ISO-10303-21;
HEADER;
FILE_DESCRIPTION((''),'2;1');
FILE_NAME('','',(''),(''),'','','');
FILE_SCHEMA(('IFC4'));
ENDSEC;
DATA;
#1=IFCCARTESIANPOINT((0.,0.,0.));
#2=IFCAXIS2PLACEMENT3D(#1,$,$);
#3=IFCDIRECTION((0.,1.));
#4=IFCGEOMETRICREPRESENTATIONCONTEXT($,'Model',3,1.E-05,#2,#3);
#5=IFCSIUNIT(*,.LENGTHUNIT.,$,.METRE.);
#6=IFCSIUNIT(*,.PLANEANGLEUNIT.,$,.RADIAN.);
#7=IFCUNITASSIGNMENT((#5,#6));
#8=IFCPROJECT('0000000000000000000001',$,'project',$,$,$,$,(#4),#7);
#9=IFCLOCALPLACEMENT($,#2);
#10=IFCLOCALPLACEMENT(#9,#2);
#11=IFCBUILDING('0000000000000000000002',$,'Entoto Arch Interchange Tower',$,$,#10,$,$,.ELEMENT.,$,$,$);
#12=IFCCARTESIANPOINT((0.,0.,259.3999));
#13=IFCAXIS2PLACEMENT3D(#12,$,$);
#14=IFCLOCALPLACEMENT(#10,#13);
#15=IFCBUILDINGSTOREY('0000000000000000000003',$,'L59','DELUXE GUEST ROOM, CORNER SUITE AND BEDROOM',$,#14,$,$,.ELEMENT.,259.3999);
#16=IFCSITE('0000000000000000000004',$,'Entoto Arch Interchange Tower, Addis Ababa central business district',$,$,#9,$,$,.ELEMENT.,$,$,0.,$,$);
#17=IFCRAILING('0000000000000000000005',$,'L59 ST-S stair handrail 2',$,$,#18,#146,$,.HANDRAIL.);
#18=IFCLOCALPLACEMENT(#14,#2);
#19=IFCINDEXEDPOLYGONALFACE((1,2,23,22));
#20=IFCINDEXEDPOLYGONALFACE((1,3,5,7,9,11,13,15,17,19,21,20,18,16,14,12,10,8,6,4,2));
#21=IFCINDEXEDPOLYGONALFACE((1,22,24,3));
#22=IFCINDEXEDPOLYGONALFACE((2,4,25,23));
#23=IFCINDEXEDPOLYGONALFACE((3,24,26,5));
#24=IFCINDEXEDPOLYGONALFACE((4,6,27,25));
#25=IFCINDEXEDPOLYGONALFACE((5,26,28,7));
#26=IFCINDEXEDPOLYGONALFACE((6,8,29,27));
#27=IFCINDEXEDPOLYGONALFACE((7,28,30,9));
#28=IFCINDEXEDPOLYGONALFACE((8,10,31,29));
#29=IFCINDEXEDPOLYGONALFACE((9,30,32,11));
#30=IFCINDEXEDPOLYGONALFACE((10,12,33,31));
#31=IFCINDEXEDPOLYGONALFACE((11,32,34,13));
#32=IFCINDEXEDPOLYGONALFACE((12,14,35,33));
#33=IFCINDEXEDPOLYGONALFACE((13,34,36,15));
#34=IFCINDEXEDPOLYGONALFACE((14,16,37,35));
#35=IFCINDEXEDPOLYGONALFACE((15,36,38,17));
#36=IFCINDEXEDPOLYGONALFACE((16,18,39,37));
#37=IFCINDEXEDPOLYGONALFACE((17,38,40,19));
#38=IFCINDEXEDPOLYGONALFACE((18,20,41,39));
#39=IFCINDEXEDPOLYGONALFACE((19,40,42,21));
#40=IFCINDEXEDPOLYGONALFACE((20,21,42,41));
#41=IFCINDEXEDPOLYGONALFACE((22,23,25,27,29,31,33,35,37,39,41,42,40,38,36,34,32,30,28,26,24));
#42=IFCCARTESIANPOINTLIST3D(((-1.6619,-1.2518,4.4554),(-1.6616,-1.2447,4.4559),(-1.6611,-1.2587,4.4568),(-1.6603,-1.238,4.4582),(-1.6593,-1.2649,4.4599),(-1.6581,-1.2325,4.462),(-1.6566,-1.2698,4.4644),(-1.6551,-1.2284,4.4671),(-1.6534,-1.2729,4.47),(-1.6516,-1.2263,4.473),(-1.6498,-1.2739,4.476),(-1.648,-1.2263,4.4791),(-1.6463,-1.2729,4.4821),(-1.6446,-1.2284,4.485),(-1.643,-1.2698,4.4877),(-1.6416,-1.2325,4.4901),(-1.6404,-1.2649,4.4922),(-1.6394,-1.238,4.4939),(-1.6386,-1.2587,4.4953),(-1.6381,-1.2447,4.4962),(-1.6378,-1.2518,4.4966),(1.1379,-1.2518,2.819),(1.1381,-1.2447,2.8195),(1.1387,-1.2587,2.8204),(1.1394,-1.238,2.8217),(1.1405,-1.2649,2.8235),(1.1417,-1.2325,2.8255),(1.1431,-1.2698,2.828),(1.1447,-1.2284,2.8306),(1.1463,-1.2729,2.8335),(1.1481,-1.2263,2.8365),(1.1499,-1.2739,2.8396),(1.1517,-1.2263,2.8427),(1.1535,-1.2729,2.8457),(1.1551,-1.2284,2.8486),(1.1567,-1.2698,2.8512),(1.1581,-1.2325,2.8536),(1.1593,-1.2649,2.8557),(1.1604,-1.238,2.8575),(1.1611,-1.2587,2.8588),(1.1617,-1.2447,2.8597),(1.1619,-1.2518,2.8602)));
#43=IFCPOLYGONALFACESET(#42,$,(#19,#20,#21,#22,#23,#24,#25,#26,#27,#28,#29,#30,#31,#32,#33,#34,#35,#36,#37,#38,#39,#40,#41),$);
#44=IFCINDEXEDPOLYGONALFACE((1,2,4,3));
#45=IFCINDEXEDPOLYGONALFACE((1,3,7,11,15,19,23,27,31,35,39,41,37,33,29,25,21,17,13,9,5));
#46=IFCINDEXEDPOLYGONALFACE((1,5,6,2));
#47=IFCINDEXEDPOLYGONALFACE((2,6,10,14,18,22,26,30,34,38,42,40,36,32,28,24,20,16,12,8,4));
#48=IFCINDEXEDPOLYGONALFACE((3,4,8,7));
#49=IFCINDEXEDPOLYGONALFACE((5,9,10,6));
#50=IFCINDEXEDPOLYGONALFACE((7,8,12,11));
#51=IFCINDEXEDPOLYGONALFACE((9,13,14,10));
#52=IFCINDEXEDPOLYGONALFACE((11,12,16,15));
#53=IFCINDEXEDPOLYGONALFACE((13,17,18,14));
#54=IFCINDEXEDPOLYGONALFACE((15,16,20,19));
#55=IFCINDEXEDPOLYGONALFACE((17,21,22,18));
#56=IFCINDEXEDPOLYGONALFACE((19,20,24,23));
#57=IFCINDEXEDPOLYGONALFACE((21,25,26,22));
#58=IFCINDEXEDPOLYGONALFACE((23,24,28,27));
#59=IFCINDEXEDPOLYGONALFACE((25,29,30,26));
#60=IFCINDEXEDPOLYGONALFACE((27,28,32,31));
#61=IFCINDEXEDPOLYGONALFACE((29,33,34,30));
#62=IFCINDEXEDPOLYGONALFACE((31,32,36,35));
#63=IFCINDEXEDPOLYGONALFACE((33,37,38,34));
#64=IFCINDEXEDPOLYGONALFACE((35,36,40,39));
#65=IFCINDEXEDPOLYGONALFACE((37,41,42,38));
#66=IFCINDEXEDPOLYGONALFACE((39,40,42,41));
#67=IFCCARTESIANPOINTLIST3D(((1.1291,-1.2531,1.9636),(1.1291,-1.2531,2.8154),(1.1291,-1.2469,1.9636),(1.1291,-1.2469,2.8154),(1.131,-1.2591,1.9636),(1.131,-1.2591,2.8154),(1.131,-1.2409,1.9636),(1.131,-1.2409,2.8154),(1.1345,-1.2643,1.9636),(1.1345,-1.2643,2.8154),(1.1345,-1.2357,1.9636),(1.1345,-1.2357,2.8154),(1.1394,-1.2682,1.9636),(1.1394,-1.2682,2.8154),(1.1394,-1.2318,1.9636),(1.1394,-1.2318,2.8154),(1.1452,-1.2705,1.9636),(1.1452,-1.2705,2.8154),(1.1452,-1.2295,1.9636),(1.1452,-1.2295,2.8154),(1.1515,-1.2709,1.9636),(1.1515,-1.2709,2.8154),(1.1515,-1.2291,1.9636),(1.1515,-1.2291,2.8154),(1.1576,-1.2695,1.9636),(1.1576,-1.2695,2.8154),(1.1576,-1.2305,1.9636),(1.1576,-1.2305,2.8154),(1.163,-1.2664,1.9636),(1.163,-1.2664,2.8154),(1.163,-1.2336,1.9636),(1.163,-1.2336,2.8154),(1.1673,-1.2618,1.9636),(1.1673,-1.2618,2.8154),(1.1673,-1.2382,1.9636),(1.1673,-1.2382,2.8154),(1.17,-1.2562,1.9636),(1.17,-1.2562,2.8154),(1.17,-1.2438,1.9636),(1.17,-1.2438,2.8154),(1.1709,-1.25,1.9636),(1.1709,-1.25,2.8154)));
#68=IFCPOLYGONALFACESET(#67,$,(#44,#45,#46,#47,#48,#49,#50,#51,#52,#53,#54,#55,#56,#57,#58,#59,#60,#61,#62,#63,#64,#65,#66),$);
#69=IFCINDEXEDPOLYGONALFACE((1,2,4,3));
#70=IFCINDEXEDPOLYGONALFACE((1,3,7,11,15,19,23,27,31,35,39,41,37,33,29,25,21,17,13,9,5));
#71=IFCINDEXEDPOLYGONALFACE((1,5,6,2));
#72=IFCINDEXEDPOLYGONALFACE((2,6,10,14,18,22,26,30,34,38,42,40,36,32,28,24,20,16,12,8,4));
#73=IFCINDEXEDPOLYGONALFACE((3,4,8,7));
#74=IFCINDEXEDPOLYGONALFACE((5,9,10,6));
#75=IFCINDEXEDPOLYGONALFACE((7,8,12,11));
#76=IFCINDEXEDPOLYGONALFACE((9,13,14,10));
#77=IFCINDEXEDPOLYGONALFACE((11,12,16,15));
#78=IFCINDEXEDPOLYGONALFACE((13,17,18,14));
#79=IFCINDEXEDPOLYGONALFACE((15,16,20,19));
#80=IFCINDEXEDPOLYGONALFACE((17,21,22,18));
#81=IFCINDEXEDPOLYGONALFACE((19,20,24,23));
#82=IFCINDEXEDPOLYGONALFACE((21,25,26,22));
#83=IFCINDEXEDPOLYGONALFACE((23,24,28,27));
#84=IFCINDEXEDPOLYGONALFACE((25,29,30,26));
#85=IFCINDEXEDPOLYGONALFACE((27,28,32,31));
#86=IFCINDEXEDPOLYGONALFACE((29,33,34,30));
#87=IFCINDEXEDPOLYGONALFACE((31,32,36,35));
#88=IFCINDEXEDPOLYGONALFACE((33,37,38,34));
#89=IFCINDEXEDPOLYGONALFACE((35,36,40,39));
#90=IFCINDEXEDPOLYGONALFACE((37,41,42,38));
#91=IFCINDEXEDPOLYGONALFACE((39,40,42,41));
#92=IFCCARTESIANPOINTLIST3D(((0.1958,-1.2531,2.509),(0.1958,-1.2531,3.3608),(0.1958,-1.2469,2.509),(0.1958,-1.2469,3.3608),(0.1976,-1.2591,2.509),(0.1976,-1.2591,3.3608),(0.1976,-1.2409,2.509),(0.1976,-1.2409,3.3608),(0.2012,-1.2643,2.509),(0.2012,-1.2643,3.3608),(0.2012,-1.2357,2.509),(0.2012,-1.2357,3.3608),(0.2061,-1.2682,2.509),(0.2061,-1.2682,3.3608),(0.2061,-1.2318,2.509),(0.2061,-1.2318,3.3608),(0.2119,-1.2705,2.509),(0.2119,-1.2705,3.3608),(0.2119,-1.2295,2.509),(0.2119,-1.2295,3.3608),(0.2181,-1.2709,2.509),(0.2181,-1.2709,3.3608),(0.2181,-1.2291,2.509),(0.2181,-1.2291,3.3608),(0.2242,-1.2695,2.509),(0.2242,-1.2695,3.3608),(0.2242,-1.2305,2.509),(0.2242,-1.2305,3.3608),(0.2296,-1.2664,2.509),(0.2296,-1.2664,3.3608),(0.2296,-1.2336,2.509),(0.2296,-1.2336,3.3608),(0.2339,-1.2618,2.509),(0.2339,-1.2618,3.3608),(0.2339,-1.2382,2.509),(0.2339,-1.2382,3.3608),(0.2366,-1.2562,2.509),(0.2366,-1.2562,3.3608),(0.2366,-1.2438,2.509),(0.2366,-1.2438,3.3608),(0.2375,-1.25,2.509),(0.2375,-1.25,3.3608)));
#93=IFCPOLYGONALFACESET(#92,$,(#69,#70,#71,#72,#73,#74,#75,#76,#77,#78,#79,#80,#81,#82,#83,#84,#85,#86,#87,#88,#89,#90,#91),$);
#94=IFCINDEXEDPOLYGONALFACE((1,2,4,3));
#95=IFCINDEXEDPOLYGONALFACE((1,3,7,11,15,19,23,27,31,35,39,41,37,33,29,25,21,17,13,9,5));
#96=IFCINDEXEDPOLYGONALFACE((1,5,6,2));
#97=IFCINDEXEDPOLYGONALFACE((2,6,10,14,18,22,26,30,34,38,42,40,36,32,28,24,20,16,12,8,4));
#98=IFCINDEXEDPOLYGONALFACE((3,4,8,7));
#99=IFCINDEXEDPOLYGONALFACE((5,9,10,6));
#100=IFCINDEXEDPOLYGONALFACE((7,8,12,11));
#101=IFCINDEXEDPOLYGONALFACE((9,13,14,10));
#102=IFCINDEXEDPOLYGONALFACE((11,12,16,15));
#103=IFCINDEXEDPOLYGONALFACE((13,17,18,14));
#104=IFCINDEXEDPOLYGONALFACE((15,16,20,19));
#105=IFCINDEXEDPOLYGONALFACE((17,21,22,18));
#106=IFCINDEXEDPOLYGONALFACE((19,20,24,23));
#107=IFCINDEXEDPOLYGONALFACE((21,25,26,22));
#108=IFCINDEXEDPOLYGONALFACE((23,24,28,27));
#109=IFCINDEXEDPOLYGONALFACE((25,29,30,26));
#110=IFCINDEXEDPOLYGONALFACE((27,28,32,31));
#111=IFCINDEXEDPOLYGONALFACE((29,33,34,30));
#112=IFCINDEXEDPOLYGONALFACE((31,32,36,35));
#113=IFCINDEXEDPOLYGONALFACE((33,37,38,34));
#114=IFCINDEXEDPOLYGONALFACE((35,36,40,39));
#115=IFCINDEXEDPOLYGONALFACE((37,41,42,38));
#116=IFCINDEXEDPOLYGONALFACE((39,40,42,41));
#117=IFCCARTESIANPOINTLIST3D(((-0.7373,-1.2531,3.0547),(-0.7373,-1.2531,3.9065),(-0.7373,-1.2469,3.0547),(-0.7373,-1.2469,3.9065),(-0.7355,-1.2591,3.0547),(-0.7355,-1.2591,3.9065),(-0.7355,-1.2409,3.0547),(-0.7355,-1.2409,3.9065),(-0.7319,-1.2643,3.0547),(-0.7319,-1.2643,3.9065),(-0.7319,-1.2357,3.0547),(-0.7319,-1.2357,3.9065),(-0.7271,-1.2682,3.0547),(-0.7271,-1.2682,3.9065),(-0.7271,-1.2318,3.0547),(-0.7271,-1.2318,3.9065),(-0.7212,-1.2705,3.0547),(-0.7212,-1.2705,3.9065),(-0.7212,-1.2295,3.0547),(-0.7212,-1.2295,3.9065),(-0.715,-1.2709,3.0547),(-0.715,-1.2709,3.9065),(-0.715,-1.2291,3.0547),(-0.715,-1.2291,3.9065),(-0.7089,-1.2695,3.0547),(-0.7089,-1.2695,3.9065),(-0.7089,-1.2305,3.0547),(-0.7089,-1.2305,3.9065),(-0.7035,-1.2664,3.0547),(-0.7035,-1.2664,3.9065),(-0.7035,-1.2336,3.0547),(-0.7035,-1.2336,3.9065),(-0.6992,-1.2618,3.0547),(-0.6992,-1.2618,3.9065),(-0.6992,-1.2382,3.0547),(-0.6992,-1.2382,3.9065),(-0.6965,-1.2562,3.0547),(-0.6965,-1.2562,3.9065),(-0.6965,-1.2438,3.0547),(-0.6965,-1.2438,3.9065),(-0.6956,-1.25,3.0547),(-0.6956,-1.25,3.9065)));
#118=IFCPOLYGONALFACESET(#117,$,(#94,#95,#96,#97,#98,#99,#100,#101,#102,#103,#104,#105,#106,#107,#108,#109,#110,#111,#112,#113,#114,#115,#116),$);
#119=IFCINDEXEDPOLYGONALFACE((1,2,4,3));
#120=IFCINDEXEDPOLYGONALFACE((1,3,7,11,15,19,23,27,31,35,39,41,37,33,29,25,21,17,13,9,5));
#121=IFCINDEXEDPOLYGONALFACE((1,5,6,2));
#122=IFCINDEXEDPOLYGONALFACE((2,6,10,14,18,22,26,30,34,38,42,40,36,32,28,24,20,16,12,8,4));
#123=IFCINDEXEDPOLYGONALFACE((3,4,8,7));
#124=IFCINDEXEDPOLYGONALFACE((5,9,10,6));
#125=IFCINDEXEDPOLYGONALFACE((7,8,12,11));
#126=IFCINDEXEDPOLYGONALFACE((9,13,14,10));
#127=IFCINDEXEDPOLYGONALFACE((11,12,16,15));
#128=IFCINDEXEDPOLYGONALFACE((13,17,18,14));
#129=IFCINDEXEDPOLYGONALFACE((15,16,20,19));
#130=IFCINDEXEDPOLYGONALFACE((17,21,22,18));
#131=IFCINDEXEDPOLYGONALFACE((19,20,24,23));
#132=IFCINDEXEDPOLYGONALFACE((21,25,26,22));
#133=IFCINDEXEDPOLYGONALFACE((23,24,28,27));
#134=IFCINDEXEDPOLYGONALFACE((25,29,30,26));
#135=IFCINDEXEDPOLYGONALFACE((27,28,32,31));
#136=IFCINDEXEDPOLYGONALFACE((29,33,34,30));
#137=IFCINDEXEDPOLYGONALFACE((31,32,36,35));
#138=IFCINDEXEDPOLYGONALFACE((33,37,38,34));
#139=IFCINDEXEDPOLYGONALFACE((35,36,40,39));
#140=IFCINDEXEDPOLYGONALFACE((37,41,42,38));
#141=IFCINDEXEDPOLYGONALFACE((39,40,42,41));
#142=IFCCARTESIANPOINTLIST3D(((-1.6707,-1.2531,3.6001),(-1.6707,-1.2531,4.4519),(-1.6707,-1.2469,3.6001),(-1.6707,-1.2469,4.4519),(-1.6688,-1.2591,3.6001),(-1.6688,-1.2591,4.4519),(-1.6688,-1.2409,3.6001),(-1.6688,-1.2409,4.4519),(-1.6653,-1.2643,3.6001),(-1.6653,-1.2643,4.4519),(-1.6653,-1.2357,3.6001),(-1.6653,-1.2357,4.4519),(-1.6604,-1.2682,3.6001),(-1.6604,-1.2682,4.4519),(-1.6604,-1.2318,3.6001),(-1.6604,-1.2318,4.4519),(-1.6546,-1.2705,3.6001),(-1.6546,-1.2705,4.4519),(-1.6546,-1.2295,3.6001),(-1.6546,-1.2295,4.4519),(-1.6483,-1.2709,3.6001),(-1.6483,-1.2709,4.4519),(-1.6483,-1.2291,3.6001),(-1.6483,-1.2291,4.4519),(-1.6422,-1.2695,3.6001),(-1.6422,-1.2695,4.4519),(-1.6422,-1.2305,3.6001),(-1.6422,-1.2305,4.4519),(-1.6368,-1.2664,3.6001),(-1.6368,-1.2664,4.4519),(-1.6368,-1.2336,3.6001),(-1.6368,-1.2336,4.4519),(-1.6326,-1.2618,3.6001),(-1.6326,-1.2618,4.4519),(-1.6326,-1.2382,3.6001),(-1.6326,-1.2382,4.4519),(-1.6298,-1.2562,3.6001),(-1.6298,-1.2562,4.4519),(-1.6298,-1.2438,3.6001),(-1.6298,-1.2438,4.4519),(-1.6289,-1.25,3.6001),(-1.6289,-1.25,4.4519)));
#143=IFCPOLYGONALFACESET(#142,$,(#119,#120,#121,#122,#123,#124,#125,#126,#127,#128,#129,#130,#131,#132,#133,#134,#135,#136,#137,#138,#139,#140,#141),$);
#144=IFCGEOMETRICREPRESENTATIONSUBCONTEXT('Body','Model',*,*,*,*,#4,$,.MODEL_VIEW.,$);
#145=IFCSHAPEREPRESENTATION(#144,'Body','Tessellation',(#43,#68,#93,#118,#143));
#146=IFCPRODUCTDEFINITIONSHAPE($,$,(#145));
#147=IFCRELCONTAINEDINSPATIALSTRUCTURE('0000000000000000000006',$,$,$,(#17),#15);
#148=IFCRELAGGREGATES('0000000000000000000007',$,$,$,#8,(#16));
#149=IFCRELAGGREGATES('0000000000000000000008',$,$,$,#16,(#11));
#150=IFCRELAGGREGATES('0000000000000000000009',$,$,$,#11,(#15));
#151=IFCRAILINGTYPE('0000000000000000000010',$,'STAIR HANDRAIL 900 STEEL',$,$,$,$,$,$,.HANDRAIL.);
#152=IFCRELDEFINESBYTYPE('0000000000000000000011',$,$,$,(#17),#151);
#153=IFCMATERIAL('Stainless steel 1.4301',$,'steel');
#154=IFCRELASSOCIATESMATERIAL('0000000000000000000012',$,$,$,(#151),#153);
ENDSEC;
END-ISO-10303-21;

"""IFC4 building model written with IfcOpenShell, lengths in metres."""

from ifc_helpers import new_model, si_unit, direction, frame, origin, origin_2d, place, context, subcontext, project, spatial, circle, extrude, material, type_object, element, save


model = new_model("IFC4")

# Units and contexts
model_context = context("Model", 3, precision=1e-05, world=origin(), true_north=direction((0.0, 1.0)))
body_context = subcontext(model_context, "Body", "Model", "MODEL_VIEW")
ifc_project = project(units=[si_unit("LENGTHUNIT", "METRE"), si_unit("PLANEANGLEUNIT", "RADIAN")], contexts=[model_context])

# Site, building, storey
site_placement = place(None, origin())
site = spatial("IfcSite", under=ifc_project, at=site_placement, Name="Entoto Arch Interchange Tower, Addis Ababa central business district", CompositionType="ELEMENT", RefElevation=0.0)
building_placement = place(site_placement, origin())
building = spatial("IfcBuilding", under=site, at=building_placement, Name="Entoto Arch Interchange Tower", CompositionType="ELEMENT")
storey_placement = place(building_placement, frame((0.0, 0.0, 259.3999)))
storey = spatial("IfcBuildingStorey", under=building, at=storey_placement, Name="L59", Description="DELUXE GUEST ROOM, CORNER SUITE AND BEDROOM", CompositionType="ELEMENT", Elevation=259.3999)

# Railing
ifc_material_1 = material(Name="Stainless steel 1.4301", Category="steel")
railing_type_1 = type_object("IfcRailingType", Name="STAIR HANDRAIL 900 STEEL", PredefinedType="HANDRAIL", material=ifc_material_1)
railing_1_placement = place(storey_placement, frame((1.1499, -1.25, 1.9636)))
element("IfcRailing", 1, at=railing_1_placement, inside=storey, type_object=railing_type_1, Name="L59 ST-S stair handrail 2", PredefinedType="HANDRAIL", context=body_context, shape_type="SweptSolid", body=[
    extrude(circle(Radius=0.0239, at=origin_2d()), frame((0.0, 0.0, 0.876), z_axis=(-0.863342, 0.0, 0.50462), x_axis=(0.0, -1.0, 0.0)), (0.0, 0.0, 1.0), 3.2429),
    extrude(circle(Radius=0.021, at=origin_2d()), origin(), (0.0, 0.0, 1.0), 0.8518),
    extrude(circle(Radius=0.021, at=origin_2d()), frame((-0.9333, 0.0, 0.5454)), (0.0, 0.0, 1.0), 0.8518),
    extrude(circle(Radius=0.021, at=origin_2d()), frame((-1.8665, 0.0, 1.0911)), (0.0, 0.0, 1.0), 0.8518),
    extrude(circle(Radius=0.021, at=origin_2d()), frame((-2.7998, 0.0, 1.6365)), (0.0, 0.0, 1.0), 0.8518),
])

save(model, "model.ifc")
